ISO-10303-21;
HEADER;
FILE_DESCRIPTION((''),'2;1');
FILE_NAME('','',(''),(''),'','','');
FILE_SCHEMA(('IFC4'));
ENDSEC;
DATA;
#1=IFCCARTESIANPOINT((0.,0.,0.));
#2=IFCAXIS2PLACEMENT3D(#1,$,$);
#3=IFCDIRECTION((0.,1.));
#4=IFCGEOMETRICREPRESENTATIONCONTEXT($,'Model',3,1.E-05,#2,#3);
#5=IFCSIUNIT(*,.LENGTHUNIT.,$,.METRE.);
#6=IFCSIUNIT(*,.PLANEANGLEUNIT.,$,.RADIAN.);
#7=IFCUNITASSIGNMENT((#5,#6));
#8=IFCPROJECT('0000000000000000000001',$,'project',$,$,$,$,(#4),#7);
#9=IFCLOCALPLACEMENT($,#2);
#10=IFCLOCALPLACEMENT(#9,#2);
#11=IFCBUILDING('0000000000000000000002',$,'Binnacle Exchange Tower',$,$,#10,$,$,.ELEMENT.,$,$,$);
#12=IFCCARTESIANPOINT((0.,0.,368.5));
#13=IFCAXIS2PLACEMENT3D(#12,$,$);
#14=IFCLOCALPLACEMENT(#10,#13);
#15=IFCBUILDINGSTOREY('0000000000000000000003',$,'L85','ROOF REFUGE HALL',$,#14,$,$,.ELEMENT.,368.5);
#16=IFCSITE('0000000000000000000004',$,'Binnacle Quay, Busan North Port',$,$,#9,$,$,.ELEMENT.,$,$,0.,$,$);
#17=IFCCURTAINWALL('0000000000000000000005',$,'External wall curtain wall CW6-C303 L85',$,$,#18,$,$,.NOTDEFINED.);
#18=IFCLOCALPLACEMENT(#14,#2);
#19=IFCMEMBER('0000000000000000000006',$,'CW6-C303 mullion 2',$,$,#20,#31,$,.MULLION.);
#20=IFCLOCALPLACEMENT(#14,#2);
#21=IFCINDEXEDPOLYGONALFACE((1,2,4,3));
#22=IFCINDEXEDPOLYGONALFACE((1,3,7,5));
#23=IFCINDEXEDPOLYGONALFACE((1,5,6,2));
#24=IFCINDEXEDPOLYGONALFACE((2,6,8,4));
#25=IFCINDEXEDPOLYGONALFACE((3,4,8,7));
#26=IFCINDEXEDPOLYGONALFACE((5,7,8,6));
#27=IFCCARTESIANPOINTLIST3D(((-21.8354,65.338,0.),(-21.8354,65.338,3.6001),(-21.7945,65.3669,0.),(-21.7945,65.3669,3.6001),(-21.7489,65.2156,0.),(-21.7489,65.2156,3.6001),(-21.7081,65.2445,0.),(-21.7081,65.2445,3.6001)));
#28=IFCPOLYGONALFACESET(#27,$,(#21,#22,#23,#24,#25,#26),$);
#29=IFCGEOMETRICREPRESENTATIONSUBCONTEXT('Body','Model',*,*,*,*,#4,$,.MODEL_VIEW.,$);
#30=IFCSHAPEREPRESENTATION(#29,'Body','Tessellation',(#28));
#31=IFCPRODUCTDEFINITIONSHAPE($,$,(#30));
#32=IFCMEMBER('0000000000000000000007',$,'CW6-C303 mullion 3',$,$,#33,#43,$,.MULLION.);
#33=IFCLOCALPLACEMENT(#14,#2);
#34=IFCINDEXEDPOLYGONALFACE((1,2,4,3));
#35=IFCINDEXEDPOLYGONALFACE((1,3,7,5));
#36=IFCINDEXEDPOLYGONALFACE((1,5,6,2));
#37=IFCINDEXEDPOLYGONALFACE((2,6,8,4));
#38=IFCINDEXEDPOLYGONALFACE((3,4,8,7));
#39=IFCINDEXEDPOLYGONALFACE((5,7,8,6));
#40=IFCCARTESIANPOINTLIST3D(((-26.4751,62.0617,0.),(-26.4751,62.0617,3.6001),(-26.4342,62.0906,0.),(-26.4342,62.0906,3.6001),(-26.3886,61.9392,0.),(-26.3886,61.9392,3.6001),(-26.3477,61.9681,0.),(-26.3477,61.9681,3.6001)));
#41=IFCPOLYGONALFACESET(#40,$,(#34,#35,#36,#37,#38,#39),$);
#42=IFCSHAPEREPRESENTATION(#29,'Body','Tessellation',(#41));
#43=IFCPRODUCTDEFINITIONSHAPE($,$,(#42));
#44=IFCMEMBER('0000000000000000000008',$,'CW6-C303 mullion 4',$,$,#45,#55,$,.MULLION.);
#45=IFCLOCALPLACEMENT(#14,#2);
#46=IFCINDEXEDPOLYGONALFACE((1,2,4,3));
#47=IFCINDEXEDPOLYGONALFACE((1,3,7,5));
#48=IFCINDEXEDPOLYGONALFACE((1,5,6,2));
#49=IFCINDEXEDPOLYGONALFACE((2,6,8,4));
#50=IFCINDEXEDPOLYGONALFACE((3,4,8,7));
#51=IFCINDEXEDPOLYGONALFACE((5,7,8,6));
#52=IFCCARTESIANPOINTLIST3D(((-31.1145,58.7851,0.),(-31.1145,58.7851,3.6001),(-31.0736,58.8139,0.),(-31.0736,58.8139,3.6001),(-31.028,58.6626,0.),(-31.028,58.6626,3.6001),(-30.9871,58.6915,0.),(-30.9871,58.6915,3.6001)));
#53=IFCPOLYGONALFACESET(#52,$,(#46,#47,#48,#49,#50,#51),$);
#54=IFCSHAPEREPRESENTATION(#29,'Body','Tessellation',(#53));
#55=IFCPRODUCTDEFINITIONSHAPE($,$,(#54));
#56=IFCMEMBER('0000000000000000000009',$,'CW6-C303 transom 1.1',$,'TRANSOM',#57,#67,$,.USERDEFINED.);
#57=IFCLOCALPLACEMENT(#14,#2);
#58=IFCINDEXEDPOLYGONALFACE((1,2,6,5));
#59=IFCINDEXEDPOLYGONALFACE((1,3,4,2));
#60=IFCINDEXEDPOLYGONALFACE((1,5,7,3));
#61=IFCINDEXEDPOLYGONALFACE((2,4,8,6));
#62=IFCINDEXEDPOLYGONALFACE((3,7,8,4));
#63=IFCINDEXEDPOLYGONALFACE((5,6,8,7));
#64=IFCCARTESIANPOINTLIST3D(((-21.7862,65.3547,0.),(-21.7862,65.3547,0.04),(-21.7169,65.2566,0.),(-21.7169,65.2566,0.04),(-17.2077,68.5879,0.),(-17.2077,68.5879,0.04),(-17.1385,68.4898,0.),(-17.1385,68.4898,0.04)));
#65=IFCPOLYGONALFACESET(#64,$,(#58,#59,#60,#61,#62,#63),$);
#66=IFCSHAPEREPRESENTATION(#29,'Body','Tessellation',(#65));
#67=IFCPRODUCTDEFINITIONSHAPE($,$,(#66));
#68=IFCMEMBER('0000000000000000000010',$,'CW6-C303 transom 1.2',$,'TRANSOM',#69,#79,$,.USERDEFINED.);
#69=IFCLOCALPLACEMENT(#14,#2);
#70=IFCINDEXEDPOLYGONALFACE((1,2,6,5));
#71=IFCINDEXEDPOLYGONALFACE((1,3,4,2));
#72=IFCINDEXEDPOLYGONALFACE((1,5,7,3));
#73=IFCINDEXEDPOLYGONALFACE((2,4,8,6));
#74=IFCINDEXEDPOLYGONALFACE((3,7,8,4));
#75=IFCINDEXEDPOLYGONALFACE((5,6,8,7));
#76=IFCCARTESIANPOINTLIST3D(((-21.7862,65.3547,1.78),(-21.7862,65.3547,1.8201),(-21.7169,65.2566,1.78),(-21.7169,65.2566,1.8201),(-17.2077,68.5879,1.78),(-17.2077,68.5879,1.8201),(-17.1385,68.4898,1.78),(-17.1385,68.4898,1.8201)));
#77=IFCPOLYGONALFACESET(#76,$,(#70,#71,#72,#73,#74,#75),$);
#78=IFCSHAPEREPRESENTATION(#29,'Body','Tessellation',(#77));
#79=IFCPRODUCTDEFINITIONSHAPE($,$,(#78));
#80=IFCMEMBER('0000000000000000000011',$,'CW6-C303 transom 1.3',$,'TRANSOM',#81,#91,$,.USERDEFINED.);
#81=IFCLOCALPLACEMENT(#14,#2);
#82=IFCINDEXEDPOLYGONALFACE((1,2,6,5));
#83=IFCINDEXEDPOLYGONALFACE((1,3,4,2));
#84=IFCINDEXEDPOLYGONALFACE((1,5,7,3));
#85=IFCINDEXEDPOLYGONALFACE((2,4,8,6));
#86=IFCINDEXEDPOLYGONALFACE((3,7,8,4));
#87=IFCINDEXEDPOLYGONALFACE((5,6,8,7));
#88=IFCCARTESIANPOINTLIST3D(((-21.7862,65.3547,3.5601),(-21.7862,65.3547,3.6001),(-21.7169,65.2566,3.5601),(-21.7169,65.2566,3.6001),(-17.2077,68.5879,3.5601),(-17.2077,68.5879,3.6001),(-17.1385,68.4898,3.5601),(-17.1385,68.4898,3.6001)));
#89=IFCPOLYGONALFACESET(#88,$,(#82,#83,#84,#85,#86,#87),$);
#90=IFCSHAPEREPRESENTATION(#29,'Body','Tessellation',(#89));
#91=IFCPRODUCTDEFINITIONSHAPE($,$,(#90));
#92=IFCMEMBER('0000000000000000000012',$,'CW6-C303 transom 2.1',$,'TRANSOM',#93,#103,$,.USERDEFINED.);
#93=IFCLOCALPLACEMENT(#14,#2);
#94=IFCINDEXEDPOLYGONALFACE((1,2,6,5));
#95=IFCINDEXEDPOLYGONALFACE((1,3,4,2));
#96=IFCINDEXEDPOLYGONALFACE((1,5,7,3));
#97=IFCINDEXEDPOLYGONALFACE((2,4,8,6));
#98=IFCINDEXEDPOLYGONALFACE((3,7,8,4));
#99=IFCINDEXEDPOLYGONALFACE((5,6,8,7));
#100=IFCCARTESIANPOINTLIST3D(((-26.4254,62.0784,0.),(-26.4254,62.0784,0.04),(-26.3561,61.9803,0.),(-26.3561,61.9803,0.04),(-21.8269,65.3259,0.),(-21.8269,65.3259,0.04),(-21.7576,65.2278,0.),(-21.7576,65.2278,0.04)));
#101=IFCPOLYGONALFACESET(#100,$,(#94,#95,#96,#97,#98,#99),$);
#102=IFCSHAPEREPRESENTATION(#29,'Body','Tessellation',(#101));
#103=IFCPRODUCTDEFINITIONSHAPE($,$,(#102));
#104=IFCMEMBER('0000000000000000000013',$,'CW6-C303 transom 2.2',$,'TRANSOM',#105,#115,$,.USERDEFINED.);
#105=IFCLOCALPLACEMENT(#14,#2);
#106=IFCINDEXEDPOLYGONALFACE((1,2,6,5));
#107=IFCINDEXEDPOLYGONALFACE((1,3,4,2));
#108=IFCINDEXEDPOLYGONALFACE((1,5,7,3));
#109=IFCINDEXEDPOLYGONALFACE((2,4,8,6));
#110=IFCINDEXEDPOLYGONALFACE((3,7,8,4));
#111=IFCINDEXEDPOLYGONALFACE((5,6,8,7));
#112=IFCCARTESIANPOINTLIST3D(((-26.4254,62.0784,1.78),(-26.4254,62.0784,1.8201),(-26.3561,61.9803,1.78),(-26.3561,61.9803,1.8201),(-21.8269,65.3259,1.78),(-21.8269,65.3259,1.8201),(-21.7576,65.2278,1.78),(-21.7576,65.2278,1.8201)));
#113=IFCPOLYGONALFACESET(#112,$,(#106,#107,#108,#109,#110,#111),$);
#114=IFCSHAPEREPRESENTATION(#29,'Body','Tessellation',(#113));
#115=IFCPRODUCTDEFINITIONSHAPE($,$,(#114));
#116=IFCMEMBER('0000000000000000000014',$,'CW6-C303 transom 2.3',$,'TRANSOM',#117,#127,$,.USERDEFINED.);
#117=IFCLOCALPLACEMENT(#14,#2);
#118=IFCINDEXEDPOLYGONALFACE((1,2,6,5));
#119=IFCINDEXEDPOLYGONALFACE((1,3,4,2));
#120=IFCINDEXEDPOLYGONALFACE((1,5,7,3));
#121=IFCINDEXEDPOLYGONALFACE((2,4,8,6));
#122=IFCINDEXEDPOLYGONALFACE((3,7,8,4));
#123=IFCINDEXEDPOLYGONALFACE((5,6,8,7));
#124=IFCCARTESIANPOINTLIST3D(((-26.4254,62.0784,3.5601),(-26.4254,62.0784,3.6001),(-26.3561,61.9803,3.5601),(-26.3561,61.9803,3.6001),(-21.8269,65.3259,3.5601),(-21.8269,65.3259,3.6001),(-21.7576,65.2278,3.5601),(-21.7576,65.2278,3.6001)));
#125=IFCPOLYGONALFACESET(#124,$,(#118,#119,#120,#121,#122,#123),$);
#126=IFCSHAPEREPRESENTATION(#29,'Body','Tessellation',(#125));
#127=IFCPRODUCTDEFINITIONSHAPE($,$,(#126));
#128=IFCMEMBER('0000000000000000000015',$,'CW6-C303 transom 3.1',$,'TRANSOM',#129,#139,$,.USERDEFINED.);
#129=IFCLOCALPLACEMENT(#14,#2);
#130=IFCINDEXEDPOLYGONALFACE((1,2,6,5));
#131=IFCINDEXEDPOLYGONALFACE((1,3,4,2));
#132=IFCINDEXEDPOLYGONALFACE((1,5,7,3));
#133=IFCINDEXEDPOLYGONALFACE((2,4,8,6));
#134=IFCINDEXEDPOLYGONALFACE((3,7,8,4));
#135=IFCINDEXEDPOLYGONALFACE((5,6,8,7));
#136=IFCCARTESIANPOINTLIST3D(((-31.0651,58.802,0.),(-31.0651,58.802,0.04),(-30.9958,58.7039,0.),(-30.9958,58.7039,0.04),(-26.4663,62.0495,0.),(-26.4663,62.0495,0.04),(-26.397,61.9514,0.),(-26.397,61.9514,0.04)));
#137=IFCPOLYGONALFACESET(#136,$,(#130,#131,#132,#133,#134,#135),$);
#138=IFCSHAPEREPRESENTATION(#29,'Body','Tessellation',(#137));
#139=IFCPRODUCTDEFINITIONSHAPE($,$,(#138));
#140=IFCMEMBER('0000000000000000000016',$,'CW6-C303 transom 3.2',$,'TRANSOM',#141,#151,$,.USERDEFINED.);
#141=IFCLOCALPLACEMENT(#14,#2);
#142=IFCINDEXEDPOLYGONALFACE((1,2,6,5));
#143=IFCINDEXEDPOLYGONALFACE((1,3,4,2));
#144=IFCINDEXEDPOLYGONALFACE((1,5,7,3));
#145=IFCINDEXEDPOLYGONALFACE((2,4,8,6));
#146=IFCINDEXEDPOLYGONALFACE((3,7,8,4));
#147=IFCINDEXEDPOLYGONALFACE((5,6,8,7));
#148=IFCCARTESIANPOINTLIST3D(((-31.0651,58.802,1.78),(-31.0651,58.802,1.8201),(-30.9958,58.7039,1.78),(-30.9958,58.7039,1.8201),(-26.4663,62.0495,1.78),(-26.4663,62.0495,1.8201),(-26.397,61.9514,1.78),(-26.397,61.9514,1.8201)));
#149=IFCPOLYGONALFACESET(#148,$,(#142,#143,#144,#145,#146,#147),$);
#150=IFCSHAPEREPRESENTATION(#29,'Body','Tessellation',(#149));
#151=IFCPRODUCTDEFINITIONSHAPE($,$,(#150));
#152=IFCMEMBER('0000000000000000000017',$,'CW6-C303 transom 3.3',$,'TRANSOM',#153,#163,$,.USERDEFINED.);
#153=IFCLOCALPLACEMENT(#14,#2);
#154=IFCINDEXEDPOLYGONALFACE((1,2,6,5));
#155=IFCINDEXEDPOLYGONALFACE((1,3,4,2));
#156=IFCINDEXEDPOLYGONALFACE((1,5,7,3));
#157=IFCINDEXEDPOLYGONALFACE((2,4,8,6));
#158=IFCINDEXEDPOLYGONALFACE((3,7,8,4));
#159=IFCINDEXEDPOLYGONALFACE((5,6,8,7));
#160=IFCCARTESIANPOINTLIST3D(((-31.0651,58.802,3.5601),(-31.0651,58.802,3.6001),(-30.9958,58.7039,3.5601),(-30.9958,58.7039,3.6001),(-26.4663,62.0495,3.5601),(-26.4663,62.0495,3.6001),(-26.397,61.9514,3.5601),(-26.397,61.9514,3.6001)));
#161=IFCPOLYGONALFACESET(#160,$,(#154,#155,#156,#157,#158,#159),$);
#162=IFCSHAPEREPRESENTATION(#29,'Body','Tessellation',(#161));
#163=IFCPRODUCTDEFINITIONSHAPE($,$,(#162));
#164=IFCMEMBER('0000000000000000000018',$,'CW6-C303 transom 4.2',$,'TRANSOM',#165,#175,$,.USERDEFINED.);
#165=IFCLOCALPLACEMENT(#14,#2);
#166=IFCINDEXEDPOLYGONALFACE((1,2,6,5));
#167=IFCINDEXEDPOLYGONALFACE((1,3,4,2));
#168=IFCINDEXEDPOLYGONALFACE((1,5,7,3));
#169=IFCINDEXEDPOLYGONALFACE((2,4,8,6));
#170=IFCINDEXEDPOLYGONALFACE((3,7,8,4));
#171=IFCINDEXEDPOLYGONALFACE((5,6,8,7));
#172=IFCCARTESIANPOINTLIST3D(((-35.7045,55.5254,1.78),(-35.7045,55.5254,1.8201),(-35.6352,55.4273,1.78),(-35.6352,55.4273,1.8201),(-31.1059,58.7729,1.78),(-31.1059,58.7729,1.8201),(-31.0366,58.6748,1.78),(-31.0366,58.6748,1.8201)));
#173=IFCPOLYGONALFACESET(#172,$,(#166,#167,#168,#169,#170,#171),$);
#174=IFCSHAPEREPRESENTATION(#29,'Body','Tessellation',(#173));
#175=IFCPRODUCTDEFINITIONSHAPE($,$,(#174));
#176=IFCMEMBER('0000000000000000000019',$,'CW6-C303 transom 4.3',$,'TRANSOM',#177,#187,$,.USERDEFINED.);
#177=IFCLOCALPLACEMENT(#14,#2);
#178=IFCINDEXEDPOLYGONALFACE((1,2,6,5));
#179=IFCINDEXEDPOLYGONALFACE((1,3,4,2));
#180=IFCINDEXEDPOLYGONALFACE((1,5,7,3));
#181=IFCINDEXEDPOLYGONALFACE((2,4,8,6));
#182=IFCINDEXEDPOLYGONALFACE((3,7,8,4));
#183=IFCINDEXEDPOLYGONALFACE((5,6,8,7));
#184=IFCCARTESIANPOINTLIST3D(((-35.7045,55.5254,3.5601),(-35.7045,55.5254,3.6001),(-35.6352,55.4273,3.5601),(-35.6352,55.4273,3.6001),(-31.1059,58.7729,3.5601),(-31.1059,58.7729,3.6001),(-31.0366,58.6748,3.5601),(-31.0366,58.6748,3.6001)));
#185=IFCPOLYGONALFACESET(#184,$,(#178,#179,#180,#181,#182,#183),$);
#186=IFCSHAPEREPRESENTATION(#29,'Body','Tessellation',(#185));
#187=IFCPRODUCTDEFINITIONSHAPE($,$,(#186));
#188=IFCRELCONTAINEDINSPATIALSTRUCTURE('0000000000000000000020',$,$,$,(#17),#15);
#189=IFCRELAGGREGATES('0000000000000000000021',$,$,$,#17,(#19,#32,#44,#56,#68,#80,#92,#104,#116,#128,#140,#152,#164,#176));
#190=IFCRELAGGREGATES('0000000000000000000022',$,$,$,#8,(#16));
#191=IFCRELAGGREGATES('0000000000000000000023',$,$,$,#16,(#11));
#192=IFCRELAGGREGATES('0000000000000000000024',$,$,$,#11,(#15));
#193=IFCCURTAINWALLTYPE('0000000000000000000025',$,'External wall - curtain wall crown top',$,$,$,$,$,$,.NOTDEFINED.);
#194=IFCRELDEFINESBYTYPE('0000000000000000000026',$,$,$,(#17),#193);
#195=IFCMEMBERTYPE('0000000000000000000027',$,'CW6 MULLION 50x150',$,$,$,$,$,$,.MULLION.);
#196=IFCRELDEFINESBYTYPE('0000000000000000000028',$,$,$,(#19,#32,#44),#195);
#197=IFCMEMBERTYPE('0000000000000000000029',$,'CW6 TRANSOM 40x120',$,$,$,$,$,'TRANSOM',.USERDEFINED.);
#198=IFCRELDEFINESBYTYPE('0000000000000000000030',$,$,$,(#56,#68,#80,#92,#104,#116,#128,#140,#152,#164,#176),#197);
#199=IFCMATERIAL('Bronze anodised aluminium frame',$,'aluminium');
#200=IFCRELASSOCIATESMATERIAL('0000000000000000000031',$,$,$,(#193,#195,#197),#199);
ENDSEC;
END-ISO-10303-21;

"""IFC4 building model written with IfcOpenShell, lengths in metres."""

from ifc_helpers import new_model, si_unit, direction, frame, origin, origin_2d, place, context, subcontext, project, spatial, rectangle, extrude, material, material_profile, profile_set, type_object, element, aggregate, save


model = new_model("IFC4")

# Units and contexts
model_context = context("Model", 3, precision=1e-05, world=origin(), true_north=direction((0.0, 1.0)))
body_context = subcontext(model_context, "Body", "Model", "MODEL_VIEW")
ifc_project = project(units=[si_unit("LENGTHUNIT", "METRE"), si_unit("PLANEANGLEUNIT", "RADIAN")], contexts=[model_context])

# Site, building, storey
site_placement = place(None, origin())
site = spatial("IfcSite", under=ifc_project, at=site_placement, Name="Binnacle Quay, Busan North Port", CompositionType="ELEMENT", RefElevation=0.0)
building_placement = place(site_placement, origin())
building = spatial("IfcBuilding", under=site, at=building_placement, Name="Binnacle Exchange Tower", CompositionType="ELEMENT")
storey_placement = place(building_placement, frame((0.0, 0.0, 368.5)))
storey = spatial("IfcBuildingStorey", under=building, at=storey_placement, Name="L85", Description="ROOF REFUGE HALL", CompositionType="ELEMENT", Elevation=368.5)

# Curtain wall, members
ifc_material_1 = material(Name="Bronze anodised aluminium frame", Category="aluminium")
curtain_wall_type = type_object("IfcCurtainWallType", Name="External wall - curtain wall crown top", PredefinedType="NOTDEFINED", material=ifc_material_1)
curtain_wall_placement = place(storey_placement, origin())
curtain_wall = element("IfcCurtainWall", 1, at=curtain_wall_placement, inside=storey, type_object=curtain_wall_type, Name="External wall curtain wall CW6-C303 L85", PredefinedType="NOTDEFINED")
ifc_material_profile_1 = material_profile(ifc_material_1, rectangle(XDim=0.1499, YDim=0.05, at=origin_2d()), Name="AL 50x150")
ifc_profile_set_1 = profile_set([ifc_material_profile_1], Name="Bronze anodised aluminium frame")
member_type_1 = type_object("IfcMemberType", Name="CW6 MULLION 50x150", PredefinedType="MULLION", material=ifc_profile_set_1)
member_1_placement = place(storey_placement, frame((-21.7717, 65.2913, 0.0), z_axis=(0.0, 0.0, 1.0), x_axis=(0.576854, -0.816847, 0.0)))
member_1 = element("IfcMember", 2, at=member_1_placement, type_object=member_type_1, Name="CW6-C303 mullion 2", PredefinedType="MULLION", context=body_context, shape_type="SweptSolid", body=[
    extrude(rectangle(XDim=0.1499, YDim=0.05, at=origin_2d()), origin(), (0.0, 0.0, 1.0), 3.6001),
])
member_2_placement = place(storey_placement, frame((-26.4114, 62.0149, 0.0), z_axis=(0.0, 0.0, 1.0), x_axis=(0.576854, -0.816847, 0.0)))
member_2 = element("IfcMember", 3, at=member_2_placement, type_object=member_type_1, Name="CW6-C303 mullion 3", PredefinedType="MULLION", context=body_context, shape_type="SweptSolid", body=[
    extrude(rectangle(XDim=0.1499, YDim=0.05, at=origin_2d()), origin(), (0.0, 0.0, 1.0), 3.6001),
])
member_3_placement = place(storey_placement, frame((-31.0508, 58.7383, 0.0), z_axis=(0.0, 0.0, 1.0), x_axis=(0.576854, -0.816847, 0.0)))
member_3 = element("IfcMember", 4, at=member_3_placement, type_object=member_type_1, Name="CW6-C303 mullion 4", PredefinedType="MULLION", context=body_context, shape_type="SweptSolid", body=[
    extrude(rectangle(XDim=0.1499, YDim=0.05, at=origin_2d()), origin(), (0.0, 0.0, 1.0), 3.6001),
])
ifc_material_profile_2 = material_profile(ifc_material_1, rectangle(XDim=0.1201, YDim=0.04, at=origin_2d()), Name="AL 120x40")
ifc_profile_set_2 = profile_set([ifc_material_profile_2], Name="Bronze anodised aluminium frame")
member_type_2 = type_object("IfcMemberType", Name="CW6 TRANSOM 40x120", ElementType="TRANSOM", PredefinedType="USERDEFINED", material=ifc_profile_set_2)
member_4_placement = place(storey_placement, frame((-17.1731, 68.5388, 0.02), z_axis=(-0.816853, -0.576846, 0.0), x_axis=(0.576846, -0.816853, 0.0)))
member_4 = element("IfcMember", 5, at=member_4_placement, type_object=member_type_2, Name="CW6-C303 transom 1.1", ObjectType="TRANSOM", PredefinedType="USERDEFINED", context=body_context, shape_type="SweptSolid", body=[
    extrude(rectangle(XDim=0.1201, YDim=0.04, at=origin_2d()), origin(), (0.0, 0.0, 1.0), 5.605),
])
member_5_placement = place(storey_placement, frame((-17.1731, 68.5388, 1.8), z_axis=(-0.816853, -0.576846, 0.0), x_axis=(0.576846, -0.816853, 0.0)))
member_5 = element("IfcMember", 6, at=member_5_placement, type_object=member_type_2, Name="CW6-C303 transom 1.2", ObjectType="TRANSOM", PredefinedType="USERDEFINED", context=body_context, shape_type="SweptSolid", body=[
    extrude(rectangle(XDim=0.1201, YDim=0.04, at=origin_2d()), origin(), (0.0, 0.0, 1.0), 5.605),
])
member_6_placement = place(storey_placement, frame((-17.1731, 68.5388, 3.5801), z_axis=(-0.816853, -0.576846, 0.0), x_axis=(0.576846, -0.816853, 0.0)))
member_6 = element("IfcMember", 7, at=member_6_placement, type_object=member_type_2, Name="CW6-C303 transom 1.3", ObjectType="TRANSOM", PredefinedType="USERDEFINED", context=body_context, shape_type="SweptSolid", body=[
    extrude(rectangle(XDim=0.1201, YDim=0.04, at=origin_2d()), origin(), (0.0, 0.0, 1.0), 5.605),
])
member_7_placement = place(storey_placement, frame((-21.7922, 65.2769, 0.02), z_axis=(-0.816845, -0.576857, 0.0), x_axis=(0.576857, -0.816845, 0.0)))
member_7 = element("IfcMember", 8, at=member_7_placement, type_object=member_type_2, Name="CW6-C303 transom 2.1", ObjectType="TRANSOM", PredefinedType="USERDEFINED", context=body_context, shape_type="SweptSolid", body=[
    extrude(rectangle(XDim=0.1201, YDim=0.04, at=origin_2d()), origin(), (0.0, 0.0, 1.0), 5.6296),
])
member_8_placement = place(storey_placement, frame((-21.7922, 65.2769, 1.8), z_axis=(-0.816845, -0.576857, 0.0), x_axis=(0.576857, -0.816845, 0.0)))
member_8 = element("IfcMember", 9, at=member_8_placement, type_object=member_type_2, Name="CW6-C303 transom 2.2", ObjectType="TRANSOM", PredefinedType="USERDEFINED", context=body_context, shape_type="SweptSolid", body=[
    extrude(rectangle(XDim=0.1201, YDim=0.04, at=origin_2d()), origin(), (0.0, 0.0, 1.0), 5.6296),
])
member_9_placement = place(storey_placement, frame((-21.7922, 65.2769, 3.5801), z_axis=(-0.816845, -0.576857, 0.0), x_axis=(0.576857, -0.816845, 0.0)))
member_9 = element("IfcMember", 10, at=member_9_placement, type_object=member_type_2, Name="CW6-C303 transom 2.3", ObjectType="TRANSOM", PredefinedType="USERDEFINED", context=body_context, shape_type="SweptSolid", body=[
    extrude(rectangle(XDim=0.1201, YDim=0.04, at=origin_2d()), origin(), (0.0, 0.0, 1.0), 5.6296),
])
member_10_placement = place(storey_placement, frame((-26.4316, 62.0005, 0.02), z_axis=(-0.81686, -0.576836, 0.0), x_axis=(0.576836, -0.81686, 0.0)))
member_10 = element("IfcMember", 11, at=member_10_placement, type_object=member_type_2, Name="CW6-C303 transom 3.1", ObjectType="TRANSOM", PredefinedType="USERDEFINED", context=body_context, shape_type="SweptSolid", body=[
    extrude(rectangle(XDim=0.1201, YDim=0.04, at=origin_2d()), origin(), (0.0, 0.0, 1.0), 5.6299),
])
member_11_placement = place(storey_placement, frame((-26.4316, 62.0005, 1.8), z_axis=(-0.81686, -0.576836, 0.0), x_axis=(0.576836, -0.81686, 0.0)))
member_11 = element("IfcMember", 12, at=member_11_placement, type_object=member_type_2, Name="CW6-C303 transom 3.2", ObjectType="TRANSOM", PredefinedType="USERDEFINED", context=body_context, shape_type="SweptSolid", body=[
    extrude(rectangle(XDim=0.1201, YDim=0.04, at=origin_2d()), origin(), (0.0, 0.0, 1.0), 5.6299),
])
member_12_placement = place(storey_placement, frame((-26.4316, 62.0005, 3.5801), z_axis=(-0.81686, -0.576836, 0.0), x_axis=(0.576836, -0.81686, 0.0)))
member_12 = element("IfcMember", 13, at=member_12_placement, type_object=member_type_2, Name="CW6-C303 transom 3.3", ObjectType="TRANSOM", PredefinedType="USERDEFINED", context=body_context, shape_type="SweptSolid", body=[
    extrude(rectangle(XDim=0.1201, YDim=0.04, at=origin_2d()), origin(), (0.0, 0.0, 1.0), 5.6299),
])
member_13_placement = place(storey_placement, frame((-31.0713, 58.7239, 1.8), z_axis=(-0.816845, -0.576857, 0.0), x_axis=(0.576857, -0.816845, 0.0)))
member_13 = element("IfcMember", 14, at=member_13_placement, type_object=member_type_2, Name="CW6-C303 transom 4.2", ObjectType="TRANSOM", PredefinedType="USERDEFINED", context=body_context, shape_type="SweptSolid", body=[
    extrude(rectangle(XDim=0.1201, YDim=0.04, at=origin_2d()), origin(), (0.0, 0.0, 1.0), 5.6296),
])
member_14_placement = place(storey_placement, frame((-31.0713, 58.7239, 3.5801), z_axis=(-0.816845, -0.576857, 0.0), x_axis=(0.576857, -0.816845, 0.0)))
member_14 = element("IfcMember", 15, at=member_14_placement, type_object=member_type_2, Name="CW6-C303 transom 4.3", ObjectType="TRANSOM", PredefinedType="USERDEFINED", context=body_context, shape_type="SweptSolid", body=[
    extrude(rectangle(XDim=0.1201, YDim=0.04, at=origin_2d()), origin(), (0.0, 0.0, 1.0), 5.6296),
])

aggregate(curtain_wall, [member_1, member_2, member_3, member_4, member_5, member_6, member_7, member_8, member_9, member_10, member_11, member_12, member_13, member_14])

save(model, "model.ifc")
